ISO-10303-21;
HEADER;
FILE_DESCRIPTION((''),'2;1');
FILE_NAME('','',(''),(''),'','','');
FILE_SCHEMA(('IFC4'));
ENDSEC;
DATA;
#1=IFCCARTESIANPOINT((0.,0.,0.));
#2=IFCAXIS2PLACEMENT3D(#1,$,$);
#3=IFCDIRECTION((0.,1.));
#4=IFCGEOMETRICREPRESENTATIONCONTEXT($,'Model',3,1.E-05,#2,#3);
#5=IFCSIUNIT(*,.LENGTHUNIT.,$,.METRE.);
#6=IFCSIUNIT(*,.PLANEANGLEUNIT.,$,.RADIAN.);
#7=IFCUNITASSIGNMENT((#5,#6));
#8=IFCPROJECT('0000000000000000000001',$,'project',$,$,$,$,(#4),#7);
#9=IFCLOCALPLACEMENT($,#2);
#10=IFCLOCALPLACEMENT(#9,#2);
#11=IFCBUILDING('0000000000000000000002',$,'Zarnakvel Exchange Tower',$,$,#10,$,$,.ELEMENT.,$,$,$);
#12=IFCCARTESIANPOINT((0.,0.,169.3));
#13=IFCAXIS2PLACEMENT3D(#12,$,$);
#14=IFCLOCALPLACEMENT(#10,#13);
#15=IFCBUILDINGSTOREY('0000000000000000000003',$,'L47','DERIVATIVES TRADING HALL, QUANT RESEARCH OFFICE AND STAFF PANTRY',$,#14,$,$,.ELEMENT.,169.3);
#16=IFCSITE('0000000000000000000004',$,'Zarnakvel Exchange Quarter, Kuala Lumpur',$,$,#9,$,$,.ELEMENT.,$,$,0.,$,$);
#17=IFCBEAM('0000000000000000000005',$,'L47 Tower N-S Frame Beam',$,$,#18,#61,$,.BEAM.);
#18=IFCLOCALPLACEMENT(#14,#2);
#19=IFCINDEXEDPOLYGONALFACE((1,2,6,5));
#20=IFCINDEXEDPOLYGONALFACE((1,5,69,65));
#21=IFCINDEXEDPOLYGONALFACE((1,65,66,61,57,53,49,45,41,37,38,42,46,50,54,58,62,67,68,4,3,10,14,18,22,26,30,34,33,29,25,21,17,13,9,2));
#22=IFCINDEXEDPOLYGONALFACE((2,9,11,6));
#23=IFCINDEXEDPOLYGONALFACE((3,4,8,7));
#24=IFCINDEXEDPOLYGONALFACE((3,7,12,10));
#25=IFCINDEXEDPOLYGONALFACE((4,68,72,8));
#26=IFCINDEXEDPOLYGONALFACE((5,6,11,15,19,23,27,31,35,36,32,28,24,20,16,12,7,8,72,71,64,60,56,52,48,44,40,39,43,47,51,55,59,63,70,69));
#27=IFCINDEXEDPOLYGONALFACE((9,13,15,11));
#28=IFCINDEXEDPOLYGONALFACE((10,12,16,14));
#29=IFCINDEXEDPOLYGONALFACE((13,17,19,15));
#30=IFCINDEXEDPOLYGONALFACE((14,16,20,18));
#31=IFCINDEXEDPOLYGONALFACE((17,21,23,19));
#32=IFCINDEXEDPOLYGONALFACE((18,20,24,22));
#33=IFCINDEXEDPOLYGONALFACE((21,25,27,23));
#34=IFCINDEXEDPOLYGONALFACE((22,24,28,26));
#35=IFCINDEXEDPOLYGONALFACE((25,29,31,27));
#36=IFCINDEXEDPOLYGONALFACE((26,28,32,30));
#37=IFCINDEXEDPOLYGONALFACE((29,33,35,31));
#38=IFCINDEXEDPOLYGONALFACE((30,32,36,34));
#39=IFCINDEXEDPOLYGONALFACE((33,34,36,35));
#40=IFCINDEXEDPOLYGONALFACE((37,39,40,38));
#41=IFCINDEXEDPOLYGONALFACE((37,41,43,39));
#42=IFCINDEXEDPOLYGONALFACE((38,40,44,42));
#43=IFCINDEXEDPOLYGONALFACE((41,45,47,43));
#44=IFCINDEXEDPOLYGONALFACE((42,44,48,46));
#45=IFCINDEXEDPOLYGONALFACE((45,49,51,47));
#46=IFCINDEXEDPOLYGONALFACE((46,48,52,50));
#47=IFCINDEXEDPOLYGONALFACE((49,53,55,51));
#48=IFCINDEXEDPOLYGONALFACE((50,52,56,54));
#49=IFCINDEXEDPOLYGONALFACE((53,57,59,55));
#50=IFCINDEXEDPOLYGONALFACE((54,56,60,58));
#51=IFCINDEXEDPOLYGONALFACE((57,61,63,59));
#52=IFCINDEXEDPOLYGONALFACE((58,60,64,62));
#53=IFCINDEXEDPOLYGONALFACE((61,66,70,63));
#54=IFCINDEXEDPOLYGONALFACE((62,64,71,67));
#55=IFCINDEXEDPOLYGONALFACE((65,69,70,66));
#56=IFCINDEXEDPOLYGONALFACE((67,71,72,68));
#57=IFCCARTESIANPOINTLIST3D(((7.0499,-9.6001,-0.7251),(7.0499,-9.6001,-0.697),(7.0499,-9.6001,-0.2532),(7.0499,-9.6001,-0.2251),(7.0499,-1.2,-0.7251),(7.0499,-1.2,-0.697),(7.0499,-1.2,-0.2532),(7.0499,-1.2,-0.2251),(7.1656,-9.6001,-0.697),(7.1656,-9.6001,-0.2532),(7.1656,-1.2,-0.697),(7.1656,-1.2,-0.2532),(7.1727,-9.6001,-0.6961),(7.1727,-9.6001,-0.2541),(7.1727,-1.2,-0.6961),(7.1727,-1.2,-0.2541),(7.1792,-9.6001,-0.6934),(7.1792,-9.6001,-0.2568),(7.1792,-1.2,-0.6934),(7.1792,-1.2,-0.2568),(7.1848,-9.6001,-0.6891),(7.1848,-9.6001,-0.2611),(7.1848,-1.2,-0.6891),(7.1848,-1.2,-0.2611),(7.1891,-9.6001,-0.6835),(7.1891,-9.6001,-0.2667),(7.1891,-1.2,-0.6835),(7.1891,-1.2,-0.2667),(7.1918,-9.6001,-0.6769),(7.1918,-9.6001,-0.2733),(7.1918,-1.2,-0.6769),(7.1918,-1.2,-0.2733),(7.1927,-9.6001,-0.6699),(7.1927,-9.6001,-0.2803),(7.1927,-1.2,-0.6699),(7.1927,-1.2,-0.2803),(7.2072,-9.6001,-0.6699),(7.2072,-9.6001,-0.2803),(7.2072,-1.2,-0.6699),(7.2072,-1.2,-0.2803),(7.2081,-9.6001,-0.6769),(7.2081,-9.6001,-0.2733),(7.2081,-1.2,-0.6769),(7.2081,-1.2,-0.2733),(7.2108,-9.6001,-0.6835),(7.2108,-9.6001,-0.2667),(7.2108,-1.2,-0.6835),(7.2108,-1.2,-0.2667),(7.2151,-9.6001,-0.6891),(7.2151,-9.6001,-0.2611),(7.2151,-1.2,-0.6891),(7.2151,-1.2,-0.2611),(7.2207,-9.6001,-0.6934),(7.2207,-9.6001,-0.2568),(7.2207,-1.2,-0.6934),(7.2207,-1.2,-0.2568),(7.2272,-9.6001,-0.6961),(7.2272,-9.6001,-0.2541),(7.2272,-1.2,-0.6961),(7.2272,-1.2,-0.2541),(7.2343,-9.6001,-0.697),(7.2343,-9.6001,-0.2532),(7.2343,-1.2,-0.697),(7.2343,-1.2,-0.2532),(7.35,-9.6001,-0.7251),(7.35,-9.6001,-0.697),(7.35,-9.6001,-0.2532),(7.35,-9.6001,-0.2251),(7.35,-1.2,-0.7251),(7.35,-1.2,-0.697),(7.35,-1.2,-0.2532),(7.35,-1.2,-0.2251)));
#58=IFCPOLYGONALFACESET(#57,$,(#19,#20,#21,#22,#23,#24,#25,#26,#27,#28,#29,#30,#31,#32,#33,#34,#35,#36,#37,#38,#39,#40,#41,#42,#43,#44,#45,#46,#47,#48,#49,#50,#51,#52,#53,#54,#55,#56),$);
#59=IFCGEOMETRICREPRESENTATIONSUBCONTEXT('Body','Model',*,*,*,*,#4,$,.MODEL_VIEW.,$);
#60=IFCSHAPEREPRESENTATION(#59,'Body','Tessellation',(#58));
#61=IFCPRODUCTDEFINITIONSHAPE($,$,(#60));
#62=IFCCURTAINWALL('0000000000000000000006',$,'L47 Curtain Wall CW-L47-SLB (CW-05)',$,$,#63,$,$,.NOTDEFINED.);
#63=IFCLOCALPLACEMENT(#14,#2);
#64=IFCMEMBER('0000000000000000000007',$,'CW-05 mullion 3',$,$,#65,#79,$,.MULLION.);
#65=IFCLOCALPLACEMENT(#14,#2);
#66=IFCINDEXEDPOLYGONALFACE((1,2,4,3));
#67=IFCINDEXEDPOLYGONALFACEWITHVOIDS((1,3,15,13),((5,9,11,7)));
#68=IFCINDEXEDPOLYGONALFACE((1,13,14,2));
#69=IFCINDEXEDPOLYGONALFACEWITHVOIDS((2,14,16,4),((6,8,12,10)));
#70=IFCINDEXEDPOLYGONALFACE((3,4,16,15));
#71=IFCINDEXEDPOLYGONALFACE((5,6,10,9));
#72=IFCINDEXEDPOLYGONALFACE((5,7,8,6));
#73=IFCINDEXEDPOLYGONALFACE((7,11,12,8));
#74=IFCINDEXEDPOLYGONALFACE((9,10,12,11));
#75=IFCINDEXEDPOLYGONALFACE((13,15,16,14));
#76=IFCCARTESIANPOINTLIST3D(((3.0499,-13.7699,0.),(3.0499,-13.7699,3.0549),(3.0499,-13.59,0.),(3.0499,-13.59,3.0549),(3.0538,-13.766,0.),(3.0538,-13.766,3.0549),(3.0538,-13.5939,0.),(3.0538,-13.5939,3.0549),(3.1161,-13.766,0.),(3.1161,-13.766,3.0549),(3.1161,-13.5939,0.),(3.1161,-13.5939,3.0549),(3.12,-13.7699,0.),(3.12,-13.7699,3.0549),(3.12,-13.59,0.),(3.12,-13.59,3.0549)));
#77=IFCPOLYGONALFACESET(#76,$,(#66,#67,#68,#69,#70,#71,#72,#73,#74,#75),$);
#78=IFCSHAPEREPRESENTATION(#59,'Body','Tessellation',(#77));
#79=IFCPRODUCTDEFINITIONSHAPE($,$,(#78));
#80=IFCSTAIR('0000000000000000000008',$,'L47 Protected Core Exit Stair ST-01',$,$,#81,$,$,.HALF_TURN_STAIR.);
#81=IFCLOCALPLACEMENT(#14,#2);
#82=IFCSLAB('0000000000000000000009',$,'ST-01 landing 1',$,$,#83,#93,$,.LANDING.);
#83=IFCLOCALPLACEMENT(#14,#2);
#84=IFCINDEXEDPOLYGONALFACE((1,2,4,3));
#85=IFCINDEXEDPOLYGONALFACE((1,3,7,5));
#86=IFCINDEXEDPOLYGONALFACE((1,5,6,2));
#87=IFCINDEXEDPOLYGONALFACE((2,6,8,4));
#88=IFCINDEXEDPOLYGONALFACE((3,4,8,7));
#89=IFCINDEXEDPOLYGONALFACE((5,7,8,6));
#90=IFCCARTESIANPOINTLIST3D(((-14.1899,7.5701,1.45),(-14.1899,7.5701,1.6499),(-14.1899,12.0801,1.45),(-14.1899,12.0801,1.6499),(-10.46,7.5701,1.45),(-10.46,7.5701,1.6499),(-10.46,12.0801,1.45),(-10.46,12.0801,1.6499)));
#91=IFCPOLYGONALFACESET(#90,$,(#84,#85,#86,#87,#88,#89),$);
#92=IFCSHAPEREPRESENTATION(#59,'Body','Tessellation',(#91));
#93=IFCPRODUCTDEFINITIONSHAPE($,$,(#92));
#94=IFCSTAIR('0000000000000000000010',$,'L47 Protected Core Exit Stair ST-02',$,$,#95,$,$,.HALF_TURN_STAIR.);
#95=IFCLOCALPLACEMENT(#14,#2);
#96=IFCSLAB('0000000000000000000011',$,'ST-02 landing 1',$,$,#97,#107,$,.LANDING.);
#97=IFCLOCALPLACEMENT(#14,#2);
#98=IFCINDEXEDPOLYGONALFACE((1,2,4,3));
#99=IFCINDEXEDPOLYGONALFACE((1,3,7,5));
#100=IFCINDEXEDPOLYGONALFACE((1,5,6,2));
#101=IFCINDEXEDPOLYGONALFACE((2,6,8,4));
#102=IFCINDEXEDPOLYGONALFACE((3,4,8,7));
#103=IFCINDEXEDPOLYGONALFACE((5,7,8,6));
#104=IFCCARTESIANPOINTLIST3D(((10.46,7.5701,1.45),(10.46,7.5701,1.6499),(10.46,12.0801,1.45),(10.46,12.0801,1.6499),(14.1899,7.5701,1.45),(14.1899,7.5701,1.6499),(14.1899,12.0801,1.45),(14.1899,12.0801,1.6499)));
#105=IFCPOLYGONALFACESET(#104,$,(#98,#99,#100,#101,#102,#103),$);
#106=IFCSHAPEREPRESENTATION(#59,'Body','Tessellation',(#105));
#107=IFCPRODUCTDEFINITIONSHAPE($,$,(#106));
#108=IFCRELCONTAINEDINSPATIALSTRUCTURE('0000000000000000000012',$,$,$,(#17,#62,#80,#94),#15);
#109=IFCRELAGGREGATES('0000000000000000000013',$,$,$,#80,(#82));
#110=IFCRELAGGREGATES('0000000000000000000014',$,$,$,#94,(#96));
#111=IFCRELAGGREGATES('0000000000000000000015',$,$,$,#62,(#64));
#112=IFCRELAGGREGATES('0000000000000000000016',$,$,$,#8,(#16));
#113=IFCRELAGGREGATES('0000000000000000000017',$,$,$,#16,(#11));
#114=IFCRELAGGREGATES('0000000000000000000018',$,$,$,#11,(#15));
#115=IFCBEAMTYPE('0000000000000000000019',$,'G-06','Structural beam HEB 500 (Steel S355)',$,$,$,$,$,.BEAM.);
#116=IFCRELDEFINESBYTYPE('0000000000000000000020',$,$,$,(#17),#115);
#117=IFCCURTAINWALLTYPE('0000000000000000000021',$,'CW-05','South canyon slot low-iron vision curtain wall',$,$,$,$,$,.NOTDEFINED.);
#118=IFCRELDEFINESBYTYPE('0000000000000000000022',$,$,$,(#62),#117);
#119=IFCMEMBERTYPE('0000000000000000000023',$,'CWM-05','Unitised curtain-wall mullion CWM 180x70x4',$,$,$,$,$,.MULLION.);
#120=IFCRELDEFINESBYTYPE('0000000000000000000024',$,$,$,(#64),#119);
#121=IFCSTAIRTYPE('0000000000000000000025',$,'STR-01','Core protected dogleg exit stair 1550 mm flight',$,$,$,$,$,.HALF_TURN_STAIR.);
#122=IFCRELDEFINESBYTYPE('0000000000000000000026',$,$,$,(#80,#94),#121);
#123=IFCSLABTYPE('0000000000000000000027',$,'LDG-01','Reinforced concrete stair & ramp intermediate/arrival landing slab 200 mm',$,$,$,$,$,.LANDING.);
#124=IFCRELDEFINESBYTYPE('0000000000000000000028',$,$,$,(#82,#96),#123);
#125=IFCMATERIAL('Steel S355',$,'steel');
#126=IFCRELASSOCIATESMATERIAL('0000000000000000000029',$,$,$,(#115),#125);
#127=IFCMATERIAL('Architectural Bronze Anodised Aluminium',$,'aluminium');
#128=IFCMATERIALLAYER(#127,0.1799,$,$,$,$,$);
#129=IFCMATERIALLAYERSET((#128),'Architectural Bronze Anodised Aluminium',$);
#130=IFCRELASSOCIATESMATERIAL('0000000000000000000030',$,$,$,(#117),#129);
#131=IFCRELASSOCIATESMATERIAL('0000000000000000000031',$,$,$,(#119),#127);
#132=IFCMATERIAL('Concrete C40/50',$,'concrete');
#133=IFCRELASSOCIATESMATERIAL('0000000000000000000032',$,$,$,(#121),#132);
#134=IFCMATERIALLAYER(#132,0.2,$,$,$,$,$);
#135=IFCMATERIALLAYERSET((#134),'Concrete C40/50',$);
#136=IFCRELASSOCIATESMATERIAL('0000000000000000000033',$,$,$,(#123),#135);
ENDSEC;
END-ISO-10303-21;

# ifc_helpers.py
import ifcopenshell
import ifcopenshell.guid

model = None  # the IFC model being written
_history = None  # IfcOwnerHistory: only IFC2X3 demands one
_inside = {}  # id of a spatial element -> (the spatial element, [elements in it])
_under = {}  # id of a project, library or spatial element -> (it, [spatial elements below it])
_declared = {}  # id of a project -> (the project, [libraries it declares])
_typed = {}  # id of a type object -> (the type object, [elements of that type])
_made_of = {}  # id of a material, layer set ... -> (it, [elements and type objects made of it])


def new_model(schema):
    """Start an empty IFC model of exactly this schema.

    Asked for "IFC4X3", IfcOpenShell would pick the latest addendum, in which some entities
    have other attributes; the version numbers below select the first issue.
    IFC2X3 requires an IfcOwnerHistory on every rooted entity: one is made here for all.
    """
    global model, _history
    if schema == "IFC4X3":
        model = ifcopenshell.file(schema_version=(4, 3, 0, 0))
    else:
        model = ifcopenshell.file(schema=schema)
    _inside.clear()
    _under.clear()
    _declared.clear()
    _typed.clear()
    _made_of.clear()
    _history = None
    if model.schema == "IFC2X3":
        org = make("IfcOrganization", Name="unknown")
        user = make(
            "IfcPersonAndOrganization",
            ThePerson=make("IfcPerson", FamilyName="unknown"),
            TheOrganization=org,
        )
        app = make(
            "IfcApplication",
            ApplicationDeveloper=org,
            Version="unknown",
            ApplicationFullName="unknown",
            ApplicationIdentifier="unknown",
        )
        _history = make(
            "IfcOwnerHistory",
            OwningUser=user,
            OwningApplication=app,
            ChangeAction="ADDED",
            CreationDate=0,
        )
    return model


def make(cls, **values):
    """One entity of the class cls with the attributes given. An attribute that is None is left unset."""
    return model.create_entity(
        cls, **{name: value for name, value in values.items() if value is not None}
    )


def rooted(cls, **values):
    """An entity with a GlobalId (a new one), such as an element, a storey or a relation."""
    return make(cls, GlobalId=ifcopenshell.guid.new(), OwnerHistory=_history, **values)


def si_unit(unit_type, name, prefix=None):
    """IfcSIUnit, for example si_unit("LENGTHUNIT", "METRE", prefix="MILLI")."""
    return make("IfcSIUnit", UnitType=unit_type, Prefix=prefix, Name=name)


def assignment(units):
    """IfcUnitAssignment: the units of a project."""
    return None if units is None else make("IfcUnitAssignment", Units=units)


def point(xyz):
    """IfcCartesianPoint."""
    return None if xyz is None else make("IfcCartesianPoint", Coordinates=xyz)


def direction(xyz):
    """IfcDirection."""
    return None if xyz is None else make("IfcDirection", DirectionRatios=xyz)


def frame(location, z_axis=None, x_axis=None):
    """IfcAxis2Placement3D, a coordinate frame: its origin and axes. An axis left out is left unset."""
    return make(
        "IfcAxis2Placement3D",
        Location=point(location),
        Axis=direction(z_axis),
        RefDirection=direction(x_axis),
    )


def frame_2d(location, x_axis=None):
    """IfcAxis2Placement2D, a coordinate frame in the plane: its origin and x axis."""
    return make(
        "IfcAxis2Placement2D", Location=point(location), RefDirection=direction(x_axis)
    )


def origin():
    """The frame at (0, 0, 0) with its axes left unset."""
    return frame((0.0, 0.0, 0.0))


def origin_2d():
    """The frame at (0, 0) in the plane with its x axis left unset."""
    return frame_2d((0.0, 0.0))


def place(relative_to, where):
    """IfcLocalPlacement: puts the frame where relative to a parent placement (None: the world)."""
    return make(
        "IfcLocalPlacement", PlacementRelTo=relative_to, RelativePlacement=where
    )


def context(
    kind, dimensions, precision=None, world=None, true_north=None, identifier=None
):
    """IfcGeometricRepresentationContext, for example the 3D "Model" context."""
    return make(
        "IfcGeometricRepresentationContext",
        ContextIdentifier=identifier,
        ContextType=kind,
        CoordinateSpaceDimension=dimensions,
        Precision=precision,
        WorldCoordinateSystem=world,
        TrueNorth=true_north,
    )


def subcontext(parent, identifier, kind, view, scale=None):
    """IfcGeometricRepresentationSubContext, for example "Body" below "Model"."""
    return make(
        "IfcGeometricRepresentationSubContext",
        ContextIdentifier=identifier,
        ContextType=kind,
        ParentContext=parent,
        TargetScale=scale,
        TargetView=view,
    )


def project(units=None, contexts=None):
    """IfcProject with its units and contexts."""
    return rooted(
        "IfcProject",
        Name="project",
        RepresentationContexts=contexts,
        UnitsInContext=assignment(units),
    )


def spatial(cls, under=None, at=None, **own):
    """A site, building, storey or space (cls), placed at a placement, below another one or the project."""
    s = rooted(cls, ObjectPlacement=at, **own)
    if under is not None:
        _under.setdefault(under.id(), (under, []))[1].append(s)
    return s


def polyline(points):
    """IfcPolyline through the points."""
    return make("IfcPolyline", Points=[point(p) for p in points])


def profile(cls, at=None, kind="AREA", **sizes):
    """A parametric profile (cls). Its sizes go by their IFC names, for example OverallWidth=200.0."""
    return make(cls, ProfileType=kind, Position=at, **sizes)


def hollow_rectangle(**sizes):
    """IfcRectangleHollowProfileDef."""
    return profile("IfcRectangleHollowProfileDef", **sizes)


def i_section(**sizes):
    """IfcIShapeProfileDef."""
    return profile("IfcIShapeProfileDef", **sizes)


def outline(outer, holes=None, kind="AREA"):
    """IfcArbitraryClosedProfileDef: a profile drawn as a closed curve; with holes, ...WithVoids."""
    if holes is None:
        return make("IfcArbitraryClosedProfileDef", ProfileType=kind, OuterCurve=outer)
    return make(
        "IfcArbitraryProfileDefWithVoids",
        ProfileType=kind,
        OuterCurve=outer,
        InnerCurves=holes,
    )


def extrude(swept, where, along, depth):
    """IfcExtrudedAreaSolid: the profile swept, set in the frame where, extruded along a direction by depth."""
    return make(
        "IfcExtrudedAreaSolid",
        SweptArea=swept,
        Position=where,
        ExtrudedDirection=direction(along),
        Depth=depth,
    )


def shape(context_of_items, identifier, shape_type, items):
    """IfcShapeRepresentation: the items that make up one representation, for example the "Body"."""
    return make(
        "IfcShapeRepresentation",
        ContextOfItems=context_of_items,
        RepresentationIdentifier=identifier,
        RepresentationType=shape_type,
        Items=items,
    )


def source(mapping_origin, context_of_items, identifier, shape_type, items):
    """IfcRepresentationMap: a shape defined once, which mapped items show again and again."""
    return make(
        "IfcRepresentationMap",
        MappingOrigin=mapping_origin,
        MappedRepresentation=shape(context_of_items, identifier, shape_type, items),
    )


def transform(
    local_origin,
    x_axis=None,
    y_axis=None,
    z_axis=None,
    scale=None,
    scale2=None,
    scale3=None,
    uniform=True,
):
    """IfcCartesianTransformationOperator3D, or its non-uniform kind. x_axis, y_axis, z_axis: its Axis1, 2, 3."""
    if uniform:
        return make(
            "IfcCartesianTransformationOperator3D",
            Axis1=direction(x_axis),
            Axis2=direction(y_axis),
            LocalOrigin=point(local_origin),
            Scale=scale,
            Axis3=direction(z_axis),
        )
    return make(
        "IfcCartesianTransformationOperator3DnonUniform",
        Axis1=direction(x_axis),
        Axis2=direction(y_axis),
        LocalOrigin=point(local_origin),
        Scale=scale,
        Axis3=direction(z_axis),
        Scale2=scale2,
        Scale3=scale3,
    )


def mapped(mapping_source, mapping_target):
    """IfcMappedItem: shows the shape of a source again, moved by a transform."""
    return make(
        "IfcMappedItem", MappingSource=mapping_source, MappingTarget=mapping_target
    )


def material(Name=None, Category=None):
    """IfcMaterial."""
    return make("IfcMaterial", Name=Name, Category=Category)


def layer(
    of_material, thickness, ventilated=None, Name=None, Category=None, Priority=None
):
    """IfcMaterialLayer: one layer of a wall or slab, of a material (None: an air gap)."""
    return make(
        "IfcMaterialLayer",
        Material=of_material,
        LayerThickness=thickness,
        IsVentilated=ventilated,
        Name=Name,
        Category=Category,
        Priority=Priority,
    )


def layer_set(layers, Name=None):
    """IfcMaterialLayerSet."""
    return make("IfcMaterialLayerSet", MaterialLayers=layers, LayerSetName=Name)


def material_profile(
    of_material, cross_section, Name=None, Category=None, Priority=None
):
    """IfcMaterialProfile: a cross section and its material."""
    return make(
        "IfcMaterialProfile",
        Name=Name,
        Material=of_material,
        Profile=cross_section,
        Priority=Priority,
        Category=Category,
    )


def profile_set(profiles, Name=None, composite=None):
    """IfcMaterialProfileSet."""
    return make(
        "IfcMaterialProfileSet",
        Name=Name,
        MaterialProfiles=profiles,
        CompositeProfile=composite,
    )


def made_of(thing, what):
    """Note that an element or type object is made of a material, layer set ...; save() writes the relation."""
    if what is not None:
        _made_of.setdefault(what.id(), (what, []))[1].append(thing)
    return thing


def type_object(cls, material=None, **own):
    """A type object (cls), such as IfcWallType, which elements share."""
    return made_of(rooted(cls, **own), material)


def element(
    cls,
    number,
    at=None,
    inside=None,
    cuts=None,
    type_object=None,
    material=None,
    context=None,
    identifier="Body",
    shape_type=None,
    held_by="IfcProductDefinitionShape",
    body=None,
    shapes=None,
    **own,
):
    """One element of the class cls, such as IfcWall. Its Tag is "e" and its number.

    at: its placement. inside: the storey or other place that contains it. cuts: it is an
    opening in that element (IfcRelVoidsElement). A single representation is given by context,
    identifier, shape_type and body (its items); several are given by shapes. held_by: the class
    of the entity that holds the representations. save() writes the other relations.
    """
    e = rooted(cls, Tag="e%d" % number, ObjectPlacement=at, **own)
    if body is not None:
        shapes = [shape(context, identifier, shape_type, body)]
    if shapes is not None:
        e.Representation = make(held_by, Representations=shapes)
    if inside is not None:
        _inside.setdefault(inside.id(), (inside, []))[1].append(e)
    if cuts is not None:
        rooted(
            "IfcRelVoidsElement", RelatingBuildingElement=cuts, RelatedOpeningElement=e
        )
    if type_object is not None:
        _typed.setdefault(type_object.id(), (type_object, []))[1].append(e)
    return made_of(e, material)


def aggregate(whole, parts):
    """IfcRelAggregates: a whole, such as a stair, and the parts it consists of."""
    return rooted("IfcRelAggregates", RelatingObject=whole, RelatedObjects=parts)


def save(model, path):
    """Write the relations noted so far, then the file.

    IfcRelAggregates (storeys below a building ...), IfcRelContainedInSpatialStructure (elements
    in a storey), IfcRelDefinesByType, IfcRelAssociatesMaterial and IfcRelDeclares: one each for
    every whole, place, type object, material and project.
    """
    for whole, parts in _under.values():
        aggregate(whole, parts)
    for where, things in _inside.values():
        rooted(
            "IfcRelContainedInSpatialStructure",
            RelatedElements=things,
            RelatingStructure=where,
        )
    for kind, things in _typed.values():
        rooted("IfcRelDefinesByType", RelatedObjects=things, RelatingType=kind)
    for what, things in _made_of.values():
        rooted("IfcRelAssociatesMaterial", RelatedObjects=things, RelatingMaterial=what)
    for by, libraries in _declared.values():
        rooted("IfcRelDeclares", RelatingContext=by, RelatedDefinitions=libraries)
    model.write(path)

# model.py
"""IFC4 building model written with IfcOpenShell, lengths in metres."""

from ifc_helpers import new_model, si_unit, direction, frame, origin, origin_2d, place, context, subcontext, project, spatial, polyline, hollow_rectangle, i_section, outline, extrude, source, transform, mapped, material, layer, layer_set, material_profile, profile_set, type_object, element, aggregate, save


model = new_model("IFC4")

# Units and contexts
model_context = context("Model", 3, precision=1e-05, world=origin(), true_north=direction((0.0, 1.0)))
body_context = subcontext(model_context, "Body", "Model", "MODEL_VIEW")
ifc_project = project(units=[si_unit("LENGTHUNIT", "METRE"), si_unit("PLANEANGLEUNIT", "RADIAN")], contexts=[model_context])

# Site, building, storey
site_placement = place(None, origin())
site = spatial("IfcSite", under=ifc_project, at=site_placement, Name="Zarnakvel Exchange Quarter, Kuala Lumpur", CompositionType="ELEMENT", RefElevation=0.0)
building_placement = place(site_placement, origin())
building = spatial("IfcBuilding", under=site, at=building_placement, Name="Zarnakvel Exchange Tower", CompositionType="ELEMENT")
storey_placement = place(building_placement, frame((0.0, 0.0, 169.3)))
storey = spatial("IfcBuildingStorey", under=building, at=storey_placement, Name="L47", Description="DERIVATIVES TRADING HALL, QUANT RESEARCH OFFICE AND STAFF PANTRY", CompositionType="ELEMENT", Elevation=169.3)

# Beam
ifc_material_1 = material(Name="Steel S355", Category="steel")
ifc_material_profile_1 = material_profile(ifc_material_1, i_section(OverallWidth=0.3, OverallDepth=0.5, WebThickness=0.0144, FlangeThickness=0.0281, FilletRadius=0.0271, at=origin_2d()))
ifc_profile_set_1 = profile_set([ifc_material_profile_1], Name="Steel S355")
beam_type_1 = type_object("IfcBeamType", Name="G-06", Description="Structural beam HEB 500 (Steel S355)", PredefinedType="BEAM", material=ifc_profile_set_1)
beam_1_placement = place(storey_placement, frame((7.2, -9.6001, -0.4751), z_axis=(0.0, 1.0, 0.0), x_axis=(-1.0, 0.0, 0.0)))
element("IfcBeam", 1, at=beam_1_placement, inside=storey, type_object=beam_type_1, Name="L47 Tower N-S Frame Beam", PredefinedType="BEAM", context=body_context, shape_type="SweptSolid", body=[
    extrude(i_section(OverallWidth=0.3, OverallDepth=0.5, WebThickness=0.0144, FlangeThickness=0.0281, FilletRadius=0.0271, at=origin_2d()), origin(), (0.0, 0.0, 1.0), 8.4001),
])

# Curtain wall, member
ifc_material_2 = material(Name="Architectural Bronze Anodised Aluminium", Category="aluminium")
ifc_layer_1 = layer(ifc_material_2, 0.1799)
ifc_layer_set_1 = layer_set([ifc_layer_1], Name="Architectural Bronze Anodised Aluminium")
curtain_wall_type = type_object("IfcCurtainWallType", Name="CW-05", Description="South canyon slot low-iron vision curtain wall", PredefinedType="NOTDEFINED", material=ifc_layer_set_1)
curtain_wall_placement = place(storey_placement, origin())
curtain_wall = element("IfcCurtainWall", 2, at=curtain_wall_placement, inside=storey, type_object=curtain_wall_type, Name="L47 Curtain Wall CW-L47-SLB (CW-05)", PredefinedType="NOTDEFINED")
ifc_material_profile_2 = material_profile(ifc_material_2, hollow_rectangle(XDim=0.1799, YDim=0.0701, WallThickness=0.0039, at=origin_2d()))
ifc_profile_set_2 = profile_set([ifc_material_profile_2], Name="Architectural Bronze Anodised Aluminium")
member_type = type_object("IfcMemberType", Name="CWM-05", Description="Unitised curtain-wall mullion CWM 180x70x4", PredefinedType="MULLION", material=ifc_profile_set_2)
shared_shape_1 = source(origin(), body_context, "Body", "SweptSolid", [
    extrude(hollow_rectangle(XDim=0.1799, YDim=0.0701, WallThickness=0.0039, at=origin_2d()), origin(), (0.0, 0.0, 1.0), 3.0549),
])
member_placement = place(storey_placement, frame((3.085, -13.6799, 0.0), z_axis=(0.0, 0.0, 1.0), x_axis=(0.0, 1.0, 0.0)))
member = element("IfcMember", 3, at=member_placement, type_object=member_type, Name="CW-05 mullion 3", PredefinedType="MULLION", context=body_context, shape_type="MappedRepresentation", body=[
    mapped(shared_shape_1, transform((0.0, 0.0, 0.0), x_axis=(1.0, 0.0, 0.0), y_axis=(0.0, 1.0, 0.0), z_axis=(0.0, 0.0, 1.0), scale=1.0)),
])

# Stairs, slabs
ifc_material_3 = material(Name="Concrete C40/50", Category="concrete")
stair_type = type_object("IfcStairType", Name="STR-01", Description="Core protected dogleg exit stair 1550 mm flight", PredefinedType="HALF_TURN_STAIR", material=ifc_material_3)
stair_1_placement = place(storey_placement, origin())
stair_1 = element("IfcStair", 4, at=stair_1_placement, inside=storey, type_object=stair_type, Name="L47 Protected Core Exit Stair ST-01", PredefinedType="HALF_TURN_STAIR")
ifc_layer_2 = layer(ifc_material_3, 0.2)
ifc_layer_set_2 = layer_set([ifc_layer_2], Name="Concrete C40/50")
slab_type_1 = type_object("IfcSlabType", Name="LDG-01", Description="Reinforced concrete stair & ramp intermediate/arrival landing slab 200 mm", PredefinedType="LANDING", material=ifc_layer_set_2)
slab_1_placement = place(storey_placement, frame((0.0, 0.0, 1.45)))
slab_1 = element("IfcSlab", 5, at=slab_1_placement, type_object=slab_type_1, Name="ST-01 landing 1", PredefinedType="LANDING", context=body_context, shape_type="SweptSolid", body=[
    extrude(outline(polyline([(-14.1899, 7.5701), (-10.46, 7.5701), (-10.46, 12.0801), (-14.1899, 12.0801), (-14.1899, 7.5701)])), origin(), (0.0, 0.0, 1.0), 0.2),
])
aggregate(stair_1, [slab_1])
stair_2_placement = place(storey_placement, origin())
stair_2 = element("IfcStair", 6, at=stair_2_placement, inside=storey, type_object=stair_type, Name="L47 Protected Core Exit Stair ST-02", PredefinedType="HALF_TURN_STAIR")
slab_2_placement = place(storey_placement, frame((0.0, 0.0, 1.45)))
slab_2 = element("IfcSlab", 7, at=slab_2_placement, type_object=slab_type_1, Name="ST-02 landing 1", PredefinedType="LANDING", context=body_context, shape_type="SweptSolid", body=[
    extrude(outline(polyline([(10.46, 7.5701), (14.1899, 7.5701), (14.1899, 12.0801), (10.46, 12.0801), (10.46, 7.5701)])), origin(), (0.0, 0.0, 1.0), 0.2),
])
aggregate(stair_2, [slab_2])

aggregate(curtain_wall, [member])

save(model, "model.ifc")
